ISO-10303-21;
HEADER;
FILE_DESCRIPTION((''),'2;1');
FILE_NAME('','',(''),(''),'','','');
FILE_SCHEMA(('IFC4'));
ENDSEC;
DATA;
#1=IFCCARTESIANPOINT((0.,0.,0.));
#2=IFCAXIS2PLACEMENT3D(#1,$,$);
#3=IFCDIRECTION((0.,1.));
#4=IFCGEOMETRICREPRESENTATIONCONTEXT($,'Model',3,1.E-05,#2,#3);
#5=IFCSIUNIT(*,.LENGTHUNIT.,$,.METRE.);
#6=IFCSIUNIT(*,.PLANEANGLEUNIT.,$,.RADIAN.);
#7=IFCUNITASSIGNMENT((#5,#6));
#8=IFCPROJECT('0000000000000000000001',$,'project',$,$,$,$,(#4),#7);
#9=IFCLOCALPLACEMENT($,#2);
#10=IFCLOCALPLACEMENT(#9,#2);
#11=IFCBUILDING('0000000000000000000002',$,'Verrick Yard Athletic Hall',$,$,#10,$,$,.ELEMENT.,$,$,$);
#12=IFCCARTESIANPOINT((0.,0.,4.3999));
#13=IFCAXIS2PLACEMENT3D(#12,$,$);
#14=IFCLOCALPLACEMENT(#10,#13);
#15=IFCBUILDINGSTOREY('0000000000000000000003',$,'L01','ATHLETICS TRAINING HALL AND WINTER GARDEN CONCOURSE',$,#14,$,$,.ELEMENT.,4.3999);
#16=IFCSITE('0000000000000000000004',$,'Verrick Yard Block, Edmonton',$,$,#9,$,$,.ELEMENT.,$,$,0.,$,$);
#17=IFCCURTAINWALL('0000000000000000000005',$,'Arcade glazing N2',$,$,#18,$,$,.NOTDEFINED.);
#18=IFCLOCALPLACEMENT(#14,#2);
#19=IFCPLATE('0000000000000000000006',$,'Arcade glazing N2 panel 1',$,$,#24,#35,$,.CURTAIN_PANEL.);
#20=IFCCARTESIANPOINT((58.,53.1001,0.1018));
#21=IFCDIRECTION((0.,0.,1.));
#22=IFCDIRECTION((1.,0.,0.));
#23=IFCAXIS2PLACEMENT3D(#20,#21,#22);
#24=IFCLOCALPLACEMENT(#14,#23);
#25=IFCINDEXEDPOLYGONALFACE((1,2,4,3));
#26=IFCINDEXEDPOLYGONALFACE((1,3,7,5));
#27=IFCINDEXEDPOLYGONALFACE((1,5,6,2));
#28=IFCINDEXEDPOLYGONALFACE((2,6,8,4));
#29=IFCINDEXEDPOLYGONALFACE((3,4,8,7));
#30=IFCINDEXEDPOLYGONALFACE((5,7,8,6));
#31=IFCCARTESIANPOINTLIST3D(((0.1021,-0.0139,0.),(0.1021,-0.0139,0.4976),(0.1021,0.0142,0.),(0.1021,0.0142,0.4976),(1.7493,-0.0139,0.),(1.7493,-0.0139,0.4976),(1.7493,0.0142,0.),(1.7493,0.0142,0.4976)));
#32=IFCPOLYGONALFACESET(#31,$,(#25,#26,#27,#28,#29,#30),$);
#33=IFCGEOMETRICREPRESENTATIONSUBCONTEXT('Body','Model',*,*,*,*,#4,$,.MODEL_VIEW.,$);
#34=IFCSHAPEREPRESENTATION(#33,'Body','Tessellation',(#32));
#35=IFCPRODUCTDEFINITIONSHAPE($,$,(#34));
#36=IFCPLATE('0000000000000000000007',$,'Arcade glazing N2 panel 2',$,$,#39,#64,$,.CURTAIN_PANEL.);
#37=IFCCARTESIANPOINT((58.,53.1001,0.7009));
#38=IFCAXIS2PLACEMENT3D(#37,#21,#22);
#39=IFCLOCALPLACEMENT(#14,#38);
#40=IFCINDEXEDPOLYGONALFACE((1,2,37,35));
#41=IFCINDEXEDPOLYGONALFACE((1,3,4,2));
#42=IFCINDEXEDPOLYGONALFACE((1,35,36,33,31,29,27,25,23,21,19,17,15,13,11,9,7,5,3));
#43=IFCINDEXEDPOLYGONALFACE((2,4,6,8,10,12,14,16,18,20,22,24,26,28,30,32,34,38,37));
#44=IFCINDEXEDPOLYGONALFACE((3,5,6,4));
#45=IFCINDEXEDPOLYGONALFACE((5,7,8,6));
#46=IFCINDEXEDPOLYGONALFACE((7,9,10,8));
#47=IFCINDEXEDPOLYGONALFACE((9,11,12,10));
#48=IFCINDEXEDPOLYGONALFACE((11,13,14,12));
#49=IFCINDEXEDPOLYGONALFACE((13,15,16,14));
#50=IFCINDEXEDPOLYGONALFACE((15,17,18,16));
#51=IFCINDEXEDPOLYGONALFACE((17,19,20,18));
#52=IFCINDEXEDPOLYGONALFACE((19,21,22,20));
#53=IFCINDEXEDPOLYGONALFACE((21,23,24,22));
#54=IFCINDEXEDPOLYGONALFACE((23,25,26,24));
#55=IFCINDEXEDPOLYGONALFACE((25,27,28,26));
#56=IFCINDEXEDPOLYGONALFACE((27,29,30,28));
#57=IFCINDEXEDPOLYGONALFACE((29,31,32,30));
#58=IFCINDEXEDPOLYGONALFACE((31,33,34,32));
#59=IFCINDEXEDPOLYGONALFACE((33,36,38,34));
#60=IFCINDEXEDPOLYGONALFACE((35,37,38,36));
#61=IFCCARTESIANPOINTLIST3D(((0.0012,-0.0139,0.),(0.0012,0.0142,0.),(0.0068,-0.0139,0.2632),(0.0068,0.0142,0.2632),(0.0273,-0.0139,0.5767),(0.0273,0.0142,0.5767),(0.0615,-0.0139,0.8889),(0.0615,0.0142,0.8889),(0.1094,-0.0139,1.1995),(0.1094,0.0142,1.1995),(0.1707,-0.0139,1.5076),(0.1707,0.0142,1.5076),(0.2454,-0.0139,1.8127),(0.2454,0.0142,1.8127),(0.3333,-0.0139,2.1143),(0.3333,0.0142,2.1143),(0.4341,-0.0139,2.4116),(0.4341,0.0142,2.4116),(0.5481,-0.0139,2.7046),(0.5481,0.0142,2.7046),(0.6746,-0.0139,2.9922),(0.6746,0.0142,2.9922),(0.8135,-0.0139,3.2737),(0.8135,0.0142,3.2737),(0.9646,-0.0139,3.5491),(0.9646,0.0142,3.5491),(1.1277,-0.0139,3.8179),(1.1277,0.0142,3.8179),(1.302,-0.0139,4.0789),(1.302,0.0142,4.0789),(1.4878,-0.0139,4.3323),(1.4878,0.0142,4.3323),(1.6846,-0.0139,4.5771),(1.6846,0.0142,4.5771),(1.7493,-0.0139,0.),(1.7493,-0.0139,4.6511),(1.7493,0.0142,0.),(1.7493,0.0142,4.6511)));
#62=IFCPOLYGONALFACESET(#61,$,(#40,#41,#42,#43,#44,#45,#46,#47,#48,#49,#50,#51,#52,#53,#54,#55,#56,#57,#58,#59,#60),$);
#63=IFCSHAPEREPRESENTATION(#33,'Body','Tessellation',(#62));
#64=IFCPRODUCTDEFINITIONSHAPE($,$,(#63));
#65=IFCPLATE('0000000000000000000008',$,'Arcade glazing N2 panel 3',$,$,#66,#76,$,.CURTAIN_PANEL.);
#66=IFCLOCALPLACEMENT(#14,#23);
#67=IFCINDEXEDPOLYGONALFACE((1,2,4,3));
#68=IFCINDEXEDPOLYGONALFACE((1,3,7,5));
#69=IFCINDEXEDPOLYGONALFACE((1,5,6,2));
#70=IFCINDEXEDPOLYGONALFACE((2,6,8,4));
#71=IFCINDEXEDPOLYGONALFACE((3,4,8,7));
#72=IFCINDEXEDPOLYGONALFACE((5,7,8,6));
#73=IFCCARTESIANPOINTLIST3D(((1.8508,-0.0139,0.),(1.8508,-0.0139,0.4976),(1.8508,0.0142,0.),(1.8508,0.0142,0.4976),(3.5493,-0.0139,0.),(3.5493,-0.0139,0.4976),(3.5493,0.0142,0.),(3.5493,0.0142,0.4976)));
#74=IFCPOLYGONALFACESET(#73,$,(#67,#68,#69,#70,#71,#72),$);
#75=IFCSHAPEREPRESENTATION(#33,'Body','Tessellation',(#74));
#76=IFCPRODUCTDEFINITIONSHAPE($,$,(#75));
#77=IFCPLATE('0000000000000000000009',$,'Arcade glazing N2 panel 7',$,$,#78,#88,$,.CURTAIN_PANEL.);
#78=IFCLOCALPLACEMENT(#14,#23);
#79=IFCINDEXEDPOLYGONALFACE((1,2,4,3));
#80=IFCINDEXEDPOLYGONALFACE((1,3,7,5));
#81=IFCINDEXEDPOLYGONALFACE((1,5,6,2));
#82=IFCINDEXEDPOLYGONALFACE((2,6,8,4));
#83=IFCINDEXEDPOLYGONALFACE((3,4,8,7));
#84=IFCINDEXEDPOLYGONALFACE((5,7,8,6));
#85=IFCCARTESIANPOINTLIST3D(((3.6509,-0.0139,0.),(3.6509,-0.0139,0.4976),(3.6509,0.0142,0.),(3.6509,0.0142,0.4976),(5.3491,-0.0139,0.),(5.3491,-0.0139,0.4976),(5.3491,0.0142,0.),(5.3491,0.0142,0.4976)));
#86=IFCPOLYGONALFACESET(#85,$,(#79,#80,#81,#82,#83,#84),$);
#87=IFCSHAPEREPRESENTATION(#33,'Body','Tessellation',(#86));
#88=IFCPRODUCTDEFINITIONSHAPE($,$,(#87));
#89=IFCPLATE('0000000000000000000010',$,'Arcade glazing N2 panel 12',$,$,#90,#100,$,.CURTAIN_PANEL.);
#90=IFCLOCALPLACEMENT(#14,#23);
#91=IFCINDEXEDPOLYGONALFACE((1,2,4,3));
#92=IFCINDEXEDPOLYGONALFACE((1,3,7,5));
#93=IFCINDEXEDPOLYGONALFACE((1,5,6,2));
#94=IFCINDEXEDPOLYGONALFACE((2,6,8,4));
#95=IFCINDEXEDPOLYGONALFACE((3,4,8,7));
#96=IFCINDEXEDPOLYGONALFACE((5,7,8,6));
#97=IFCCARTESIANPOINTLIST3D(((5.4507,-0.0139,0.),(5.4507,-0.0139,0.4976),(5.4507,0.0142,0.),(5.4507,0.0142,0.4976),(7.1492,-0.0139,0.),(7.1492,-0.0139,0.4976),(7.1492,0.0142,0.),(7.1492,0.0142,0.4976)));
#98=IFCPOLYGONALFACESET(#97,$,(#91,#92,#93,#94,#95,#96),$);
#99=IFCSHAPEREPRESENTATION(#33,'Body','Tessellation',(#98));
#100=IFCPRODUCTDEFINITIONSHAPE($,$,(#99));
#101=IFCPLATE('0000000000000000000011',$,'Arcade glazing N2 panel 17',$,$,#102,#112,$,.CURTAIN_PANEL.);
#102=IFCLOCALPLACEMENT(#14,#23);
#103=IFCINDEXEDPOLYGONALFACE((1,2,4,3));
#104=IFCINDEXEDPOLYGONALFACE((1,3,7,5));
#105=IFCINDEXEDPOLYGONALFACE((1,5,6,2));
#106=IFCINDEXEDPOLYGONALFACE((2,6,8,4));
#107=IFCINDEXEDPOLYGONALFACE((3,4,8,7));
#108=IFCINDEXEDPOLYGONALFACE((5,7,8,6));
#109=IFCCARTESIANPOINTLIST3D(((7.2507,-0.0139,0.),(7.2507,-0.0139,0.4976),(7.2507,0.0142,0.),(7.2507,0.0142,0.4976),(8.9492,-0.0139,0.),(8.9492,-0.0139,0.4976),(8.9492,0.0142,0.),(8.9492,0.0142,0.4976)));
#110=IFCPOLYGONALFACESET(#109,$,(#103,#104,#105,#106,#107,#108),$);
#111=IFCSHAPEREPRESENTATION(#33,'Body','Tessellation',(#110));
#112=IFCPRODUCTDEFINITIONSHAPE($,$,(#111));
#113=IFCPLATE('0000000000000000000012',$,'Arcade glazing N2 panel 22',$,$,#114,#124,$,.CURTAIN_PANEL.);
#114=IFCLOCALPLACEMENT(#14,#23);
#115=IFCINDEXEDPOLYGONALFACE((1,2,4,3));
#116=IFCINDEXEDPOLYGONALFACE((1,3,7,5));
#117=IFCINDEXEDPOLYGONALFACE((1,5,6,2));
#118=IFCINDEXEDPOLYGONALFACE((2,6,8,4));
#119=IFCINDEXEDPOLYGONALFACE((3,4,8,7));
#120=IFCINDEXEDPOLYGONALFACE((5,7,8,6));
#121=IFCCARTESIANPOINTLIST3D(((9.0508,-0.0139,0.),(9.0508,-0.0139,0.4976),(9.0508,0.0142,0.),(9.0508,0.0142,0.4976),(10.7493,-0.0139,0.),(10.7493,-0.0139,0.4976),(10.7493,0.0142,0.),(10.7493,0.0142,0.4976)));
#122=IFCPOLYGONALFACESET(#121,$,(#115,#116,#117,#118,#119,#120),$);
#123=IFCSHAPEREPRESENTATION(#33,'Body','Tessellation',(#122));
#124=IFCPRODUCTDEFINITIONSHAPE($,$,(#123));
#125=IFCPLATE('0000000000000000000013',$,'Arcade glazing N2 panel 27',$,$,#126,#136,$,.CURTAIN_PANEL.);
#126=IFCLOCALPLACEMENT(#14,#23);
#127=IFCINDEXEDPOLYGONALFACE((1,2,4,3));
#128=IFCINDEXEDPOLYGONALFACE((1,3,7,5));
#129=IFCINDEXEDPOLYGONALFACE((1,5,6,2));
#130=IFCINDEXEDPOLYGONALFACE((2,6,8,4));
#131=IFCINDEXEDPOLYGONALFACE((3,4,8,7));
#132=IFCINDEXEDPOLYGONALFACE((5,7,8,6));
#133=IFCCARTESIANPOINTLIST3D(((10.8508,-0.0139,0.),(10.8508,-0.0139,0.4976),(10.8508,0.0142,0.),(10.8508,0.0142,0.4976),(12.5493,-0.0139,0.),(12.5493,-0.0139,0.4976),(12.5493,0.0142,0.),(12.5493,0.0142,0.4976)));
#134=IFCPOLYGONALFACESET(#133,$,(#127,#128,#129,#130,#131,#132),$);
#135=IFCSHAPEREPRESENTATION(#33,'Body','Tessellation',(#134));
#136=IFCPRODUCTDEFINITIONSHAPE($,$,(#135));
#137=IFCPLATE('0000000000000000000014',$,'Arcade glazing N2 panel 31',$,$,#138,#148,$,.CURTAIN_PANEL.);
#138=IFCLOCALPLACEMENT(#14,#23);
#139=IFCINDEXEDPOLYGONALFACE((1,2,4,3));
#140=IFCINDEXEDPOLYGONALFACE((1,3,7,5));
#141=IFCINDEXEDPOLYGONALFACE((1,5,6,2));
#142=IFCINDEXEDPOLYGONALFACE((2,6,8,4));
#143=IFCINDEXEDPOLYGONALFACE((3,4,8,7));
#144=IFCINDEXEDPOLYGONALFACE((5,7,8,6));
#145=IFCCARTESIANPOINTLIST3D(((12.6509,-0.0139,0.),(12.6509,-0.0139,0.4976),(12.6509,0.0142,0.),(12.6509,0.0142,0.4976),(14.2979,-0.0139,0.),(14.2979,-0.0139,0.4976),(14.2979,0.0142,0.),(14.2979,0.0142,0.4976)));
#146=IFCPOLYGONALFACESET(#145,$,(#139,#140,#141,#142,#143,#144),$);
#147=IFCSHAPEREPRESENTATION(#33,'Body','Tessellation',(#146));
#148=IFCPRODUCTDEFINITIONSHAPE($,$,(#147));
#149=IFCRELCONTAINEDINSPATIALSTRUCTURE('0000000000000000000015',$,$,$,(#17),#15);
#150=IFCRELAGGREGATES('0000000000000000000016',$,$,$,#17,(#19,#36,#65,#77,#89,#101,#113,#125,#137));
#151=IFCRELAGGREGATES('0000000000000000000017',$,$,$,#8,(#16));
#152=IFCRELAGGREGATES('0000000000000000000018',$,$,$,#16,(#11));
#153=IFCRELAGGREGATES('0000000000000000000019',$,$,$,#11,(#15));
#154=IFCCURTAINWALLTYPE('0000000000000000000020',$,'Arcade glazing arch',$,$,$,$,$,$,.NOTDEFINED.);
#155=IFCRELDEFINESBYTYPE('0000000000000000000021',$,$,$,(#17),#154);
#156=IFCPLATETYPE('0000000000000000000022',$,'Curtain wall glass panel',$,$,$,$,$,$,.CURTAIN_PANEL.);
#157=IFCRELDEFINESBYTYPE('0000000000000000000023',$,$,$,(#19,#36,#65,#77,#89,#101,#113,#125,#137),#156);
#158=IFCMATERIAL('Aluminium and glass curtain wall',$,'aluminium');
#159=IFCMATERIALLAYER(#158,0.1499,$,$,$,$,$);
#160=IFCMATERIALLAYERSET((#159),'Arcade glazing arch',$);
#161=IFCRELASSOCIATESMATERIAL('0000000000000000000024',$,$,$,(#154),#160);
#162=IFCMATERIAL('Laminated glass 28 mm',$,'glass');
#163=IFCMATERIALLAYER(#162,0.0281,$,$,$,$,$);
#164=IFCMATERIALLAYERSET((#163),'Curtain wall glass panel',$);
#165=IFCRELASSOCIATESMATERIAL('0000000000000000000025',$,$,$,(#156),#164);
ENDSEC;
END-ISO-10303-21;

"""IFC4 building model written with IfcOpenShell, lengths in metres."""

from ifc_helpers import new_model, si_unit, direction, frame, origin, place, context, subcontext, project, spatial, polyline, outline, extrude, material, layer, layer_set, type_object, element, aggregate, save


model = new_model("IFC4")

# Units and contexts
model_context = context("Model", 3, precision=1e-05, world=origin(), true_north=direction((0.0, 1.0)))
body_context = subcontext(model_context, "Body", "Model", "MODEL_VIEW")
ifc_project = project(units=[si_unit("LENGTHUNIT", "METRE"), si_unit("PLANEANGLEUNIT", "RADIAN")], contexts=[model_context])

# Site, building, storey
site_placement = place(None, origin())
site = spatial("IfcSite", under=ifc_project, at=site_placement, Name="Verrick Yard Block, Edmonton", CompositionType="ELEMENT", RefElevation=0.0)
building_placement = place(site_placement, origin())
building = spatial("IfcBuilding", under=site, at=building_placement, Name="Verrick Yard Athletic Hall", CompositionType="ELEMENT")
storey_placement = place(building_placement, frame((0.0, 0.0, 4.3999)))
storey = spatial("IfcBuildingStorey", under=building, at=storey_placement, Name="L01", Description="ATHLETICS TRAINING HALL AND WINTER GARDEN CONCOURSE", CompositionType="ELEMENT", Elevation=4.3999)

# Curtain wall, plates
ifc_material_1 = material(Name="Aluminium and glass curtain wall", Category="aluminium")
ifc_layer_1 = layer(ifc_material_1, 0.1499)
ifc_layer_set_1 = layer_set([ifc_layer_1], Name="Arcade glazing arch")
curtain_wall_type = type_object("IfcCurtainWallType", Name="Arcade glazing arch", PredefinedType="NOTDEFINED", material=ifc_layer_set_1)
curtain_wall_placement = place(storey_placement, origin())
curtain_wall = element("IfcCurtainWall", 1, at=curtain_wall_placement, inside=storey, type_object=curtain_wall_type, Name="Arcade glazing N2", PredefinedType="NOTDEFINED")
ifc_material_2 = material(Name="Laminated glass 28 mm", Category="glass")
ifc_layer_2 = layer(ifc_material_2, 0.0281)
ifc_layer_set_2 = layer_set([ifc_layer_2], Name="Curtain wall glass panel")
plate_type = type_object("IfcPlateType", Name="Curtain wall glass panel", PredefinedType="CURTAIN_PANEL", material=ifc_layer_set_2)
plate_1_placement = place(storey_placement, frame((58.0, 53.1001, 0.1018), z_axis=(0.0, 0.0, 1.0), x_axis=(1.0, 0.0, 0.0)))
plate_1 = element("IfcPlate", 2, at=plate_1_placement, type_object=plate_type, Name="Arcade glazing N2 panel 1", PredefinedType="CURTAIN_PANEL", context=body_context, shape_type="SweptSolid", body=[
    extrude(outline(polyline([(1.7493, 0.0), (1.7493, 0.4976), (0.1021, 0.4976), (0.1021, 0.0), (1.7493, 0.0)])), frame((0.0, 0.0142, 0.0), z_axis=(0.0, -1.0, 0.0), x_axis=(1.0, 0.0, 0.0)), (0.0, 0.0, 1.0), 0.0281),
])
plate_2_placement = place(storey_placement, frame((58.0, 53.1001, 0.7009), z_axis=(0.0, 0.0, 1.0), x_axis=(1.0, 0.0, 0.0)))
plate_2 = element("IfcPlate", 3, at=plate_2_placement, type_object=plate_type, Name="Arcade glazing N2 panel 2", PredefinedType="CURTAIN_PANEL", context=body_context, shape_type="SweptSolid", body=[
    extrude(outline(polyline([(1.7493, 4.6511), (1.6846, 4.5771), (1.4878, 4.3323), (1.302, 4.0789), (1.1277, 3.8179), (0.9646, 3.5491), (0.8135, 3.2737), (0.6746, 2.9922), (0.5481, 2.7046), (0.4341, 2.4116), (0.3333, 2.1143), (0.2454, 1.8127), (0.1707, 1.5076), (0.1094, 1.1995), (0.0615, 0.8889), (0.0273, 0.5767), (0.0068, 0.2632), (0.0012, 0.0), (1.7493, 0.0), (1.7493, 4.6511)])), frame((0.0, 0.0142, 0.0), z_axis=(0.0, -1.0, 0.0), x_axis=(1.0, 0.0, 0.0)), (0.0, 0.0, 1.0), 0.0281),
])
plate_3_placement = place(storey_placement, frame((58.0, 53.1001, 0.1018), z_axis=(0.0, 0.0, 1.0), x_axis=(1.0, 0.0, 0.0)))
plate_3 = element("IfcPlate", 4, at=plate_3_placement, type_object=plate_type, Name="Arcade glazing N2 panel 3", PredefinedType="CURTAIN_PANEL", context=body_context, shape_type="SweptSolid", body=[
    extrude(outline(polyline([(3.5493, 0.0), (3.5493, 0.4976), (1.8508, 0.4976), (1.8508, 0.0), (3.5493, 0.0)])), frame((0.0, 0.0142, 0.0), z_axis=(0.0, -1.0, 0.0), x_axis=(1.0, 0.0, 0.0)), (0.0, 0.0, 1.0), 0.0281),
])
plate_4_placement = place(storey_placement, frame((58.0, 53.1001, 0.1018), z_axis=(0.0, 0.0, 1.0), x_axis=(1.0, 0.0, 0.0)))
plate_4 = element("IfcPlate", 5, at=plate_4_placement, type_object=plate_type, Name="Arcade glazing N2 panel 7", PredefinedType="CURTAIN_PANEL", context=body_context, shape_type="SweptSolid", body=[
    extrude(outline(polyline([(5.3491, 0.0), (5.3491, 0.4976), (3.6509, 0.4976), (3.6509, 0.0), (5.3491, 0.0)])), frame((0.0, 0.0142, 0.0), z_axis=(0.0, -1.0, 0.0), x_axis=(1.0, 0.0, 0.0)), (0.0, 0.0, 1.0), 0.0281),
])
plate_5_placement = place(storey_placement, frame((58.0, 53.1001, 0.1018), z_axis=(0.0, 0.0, 1.0), x_axis=(1.0, 0.0, 0.0)))
plate_5 = element("IfcPlate", 6, at=plate_5_placement, type_object=plate_type, Name="Arcade glazing N2 panel 12", PredefinedType="CURTAIN_PANEL", context=body_context, shape_type="SweptSolid", body=[
    extrude(outline(polyline([(7.1492, 0.0), (7.1492, 0.4976), (5.4507, 0.4976), (5.4507, 0.0), (7.1492, 0.0)])), frame((0.0, 0.0142, 0.0), z_axis=(0.0, -1.0, 0.0), x_axis=(1.0, 0.0, 0.0)), (0.0, 0.0, 1.0), 0.0281),
])
plate_6_placement = place(storey_placement, frame((58.0, 53.1001, 0.1018), z_axis=(0.0, 0.0, 1.0), x_axis=(1.0, 0.0, 0.0)))
plate_6 = element("IfcPlate", 7, at=plate_6_placement, type_object=plate_type, Name="Arcade glazing N2 panel 17", PredefinedType="CURTAIN_PANEL", context=body_context, shape_type="SweptSolid", body=[
    extrude(outline(polyline([(8.9492, 0.0), (8.9492, 0.4976), (7.2507, 0.4976), (7.2507, 0.0), (8.9492, 0.0)])), frame((0.0, 0.0142, 0.0), z_axis=(0.0, -1.0, 0.0), x_axis=(1.0, 0.0, 0.0)), (0.0, 0.0, 1.0), 0.0281),
])
plate_7_placement = place(storey_placement, frame((58.0, 53.1001, 0.1018), z_axis=(0.0, 0.0, 1.0), x_axis=(1.0, 0.0, 0.0)))
plate_7 = element("IfcPlate", 8, at=plate_7_placement, type_object=plate_type, Name="Arcade glazing N2 panel 22", PredefinedType="CURTAIN_PANEL", context=body_context, shape_type="SweptSolid", body=[
    extrude(outline(polyline([(10.7493, 0.0), (10.7493, 0.4976), (9.0508, 0.4976), (9.0508, 0.0), (10.7493, 0.0)])), frame((0.0, 0.0142, 0.0), z_axis=(0.0, -1.0, 0.0), x_axis=(1.0, 0.0, 0.0)), (0.0, 0.0, 1.0), 0.0281),
])
plate_8_placement = place(storey_placement, frame((58.0, 53.1001, 0.1018), z_axis=(0.0, 0.0, 1.0), x_axis=(1.0, 0.0, 0.0)))
plate_8 = element("IfcPlate", 9, at=plate_8_placement, type_object=plate_type, Name="Arcade glazing N2 panel 27", PredefinedType="CURTAIN_PANEL", context=body_context, shape_type="SweptSolid", body=[
    extrude(outline(polyline([(12.5493, 0.0), (12.5493, 0.4976), (10.8508, 0.4976), (10.8508, 0.0), (12.5493, 0.0)])), frame((0.0, 0.0142, 0.0), z_axis=(0.0, -1.0, 0.0), x_axis=(1.0, 0.0, 0.0)), (0.0, 0.0, 1.0), 0.0281),
])
plate_9_placement = place(storey_placement, frame((58.0, 53.1001, 0.1018), z_axis=(0.0, 0.0, 1.0), x_axis=(1.0, 0.0, 0.0)))
plate_9 = element("IfcPlate", 10, at=plate_9_placement, type_object=plate_type, Name="Arcade glazing N2 panel 31", PredefinedType="CURTAIN_PANEL", context=body_context, shape_type="SweptSolid", body=[
    extrude(outline(polyline([(14.2979, 0.0), (14.2979, 0.4976), (12.6509, 0.4976), (12.6509, 0.0), (14.2979, 0.0)])), frame((0.0, 0.0142, 0.0), z_axis=(0.0, -1.0, 0.0), x_axis=(1.0, 0.0, 0.0)), (0.0, 0.0, 1.0), 0.0281),
])
aggregate(curtain_wall, [plate_1, plate_2, plate_3, plate_4, plate_5, plate_6, plate_7, plate_8, plate_9])

save(model, "model.ifc")
